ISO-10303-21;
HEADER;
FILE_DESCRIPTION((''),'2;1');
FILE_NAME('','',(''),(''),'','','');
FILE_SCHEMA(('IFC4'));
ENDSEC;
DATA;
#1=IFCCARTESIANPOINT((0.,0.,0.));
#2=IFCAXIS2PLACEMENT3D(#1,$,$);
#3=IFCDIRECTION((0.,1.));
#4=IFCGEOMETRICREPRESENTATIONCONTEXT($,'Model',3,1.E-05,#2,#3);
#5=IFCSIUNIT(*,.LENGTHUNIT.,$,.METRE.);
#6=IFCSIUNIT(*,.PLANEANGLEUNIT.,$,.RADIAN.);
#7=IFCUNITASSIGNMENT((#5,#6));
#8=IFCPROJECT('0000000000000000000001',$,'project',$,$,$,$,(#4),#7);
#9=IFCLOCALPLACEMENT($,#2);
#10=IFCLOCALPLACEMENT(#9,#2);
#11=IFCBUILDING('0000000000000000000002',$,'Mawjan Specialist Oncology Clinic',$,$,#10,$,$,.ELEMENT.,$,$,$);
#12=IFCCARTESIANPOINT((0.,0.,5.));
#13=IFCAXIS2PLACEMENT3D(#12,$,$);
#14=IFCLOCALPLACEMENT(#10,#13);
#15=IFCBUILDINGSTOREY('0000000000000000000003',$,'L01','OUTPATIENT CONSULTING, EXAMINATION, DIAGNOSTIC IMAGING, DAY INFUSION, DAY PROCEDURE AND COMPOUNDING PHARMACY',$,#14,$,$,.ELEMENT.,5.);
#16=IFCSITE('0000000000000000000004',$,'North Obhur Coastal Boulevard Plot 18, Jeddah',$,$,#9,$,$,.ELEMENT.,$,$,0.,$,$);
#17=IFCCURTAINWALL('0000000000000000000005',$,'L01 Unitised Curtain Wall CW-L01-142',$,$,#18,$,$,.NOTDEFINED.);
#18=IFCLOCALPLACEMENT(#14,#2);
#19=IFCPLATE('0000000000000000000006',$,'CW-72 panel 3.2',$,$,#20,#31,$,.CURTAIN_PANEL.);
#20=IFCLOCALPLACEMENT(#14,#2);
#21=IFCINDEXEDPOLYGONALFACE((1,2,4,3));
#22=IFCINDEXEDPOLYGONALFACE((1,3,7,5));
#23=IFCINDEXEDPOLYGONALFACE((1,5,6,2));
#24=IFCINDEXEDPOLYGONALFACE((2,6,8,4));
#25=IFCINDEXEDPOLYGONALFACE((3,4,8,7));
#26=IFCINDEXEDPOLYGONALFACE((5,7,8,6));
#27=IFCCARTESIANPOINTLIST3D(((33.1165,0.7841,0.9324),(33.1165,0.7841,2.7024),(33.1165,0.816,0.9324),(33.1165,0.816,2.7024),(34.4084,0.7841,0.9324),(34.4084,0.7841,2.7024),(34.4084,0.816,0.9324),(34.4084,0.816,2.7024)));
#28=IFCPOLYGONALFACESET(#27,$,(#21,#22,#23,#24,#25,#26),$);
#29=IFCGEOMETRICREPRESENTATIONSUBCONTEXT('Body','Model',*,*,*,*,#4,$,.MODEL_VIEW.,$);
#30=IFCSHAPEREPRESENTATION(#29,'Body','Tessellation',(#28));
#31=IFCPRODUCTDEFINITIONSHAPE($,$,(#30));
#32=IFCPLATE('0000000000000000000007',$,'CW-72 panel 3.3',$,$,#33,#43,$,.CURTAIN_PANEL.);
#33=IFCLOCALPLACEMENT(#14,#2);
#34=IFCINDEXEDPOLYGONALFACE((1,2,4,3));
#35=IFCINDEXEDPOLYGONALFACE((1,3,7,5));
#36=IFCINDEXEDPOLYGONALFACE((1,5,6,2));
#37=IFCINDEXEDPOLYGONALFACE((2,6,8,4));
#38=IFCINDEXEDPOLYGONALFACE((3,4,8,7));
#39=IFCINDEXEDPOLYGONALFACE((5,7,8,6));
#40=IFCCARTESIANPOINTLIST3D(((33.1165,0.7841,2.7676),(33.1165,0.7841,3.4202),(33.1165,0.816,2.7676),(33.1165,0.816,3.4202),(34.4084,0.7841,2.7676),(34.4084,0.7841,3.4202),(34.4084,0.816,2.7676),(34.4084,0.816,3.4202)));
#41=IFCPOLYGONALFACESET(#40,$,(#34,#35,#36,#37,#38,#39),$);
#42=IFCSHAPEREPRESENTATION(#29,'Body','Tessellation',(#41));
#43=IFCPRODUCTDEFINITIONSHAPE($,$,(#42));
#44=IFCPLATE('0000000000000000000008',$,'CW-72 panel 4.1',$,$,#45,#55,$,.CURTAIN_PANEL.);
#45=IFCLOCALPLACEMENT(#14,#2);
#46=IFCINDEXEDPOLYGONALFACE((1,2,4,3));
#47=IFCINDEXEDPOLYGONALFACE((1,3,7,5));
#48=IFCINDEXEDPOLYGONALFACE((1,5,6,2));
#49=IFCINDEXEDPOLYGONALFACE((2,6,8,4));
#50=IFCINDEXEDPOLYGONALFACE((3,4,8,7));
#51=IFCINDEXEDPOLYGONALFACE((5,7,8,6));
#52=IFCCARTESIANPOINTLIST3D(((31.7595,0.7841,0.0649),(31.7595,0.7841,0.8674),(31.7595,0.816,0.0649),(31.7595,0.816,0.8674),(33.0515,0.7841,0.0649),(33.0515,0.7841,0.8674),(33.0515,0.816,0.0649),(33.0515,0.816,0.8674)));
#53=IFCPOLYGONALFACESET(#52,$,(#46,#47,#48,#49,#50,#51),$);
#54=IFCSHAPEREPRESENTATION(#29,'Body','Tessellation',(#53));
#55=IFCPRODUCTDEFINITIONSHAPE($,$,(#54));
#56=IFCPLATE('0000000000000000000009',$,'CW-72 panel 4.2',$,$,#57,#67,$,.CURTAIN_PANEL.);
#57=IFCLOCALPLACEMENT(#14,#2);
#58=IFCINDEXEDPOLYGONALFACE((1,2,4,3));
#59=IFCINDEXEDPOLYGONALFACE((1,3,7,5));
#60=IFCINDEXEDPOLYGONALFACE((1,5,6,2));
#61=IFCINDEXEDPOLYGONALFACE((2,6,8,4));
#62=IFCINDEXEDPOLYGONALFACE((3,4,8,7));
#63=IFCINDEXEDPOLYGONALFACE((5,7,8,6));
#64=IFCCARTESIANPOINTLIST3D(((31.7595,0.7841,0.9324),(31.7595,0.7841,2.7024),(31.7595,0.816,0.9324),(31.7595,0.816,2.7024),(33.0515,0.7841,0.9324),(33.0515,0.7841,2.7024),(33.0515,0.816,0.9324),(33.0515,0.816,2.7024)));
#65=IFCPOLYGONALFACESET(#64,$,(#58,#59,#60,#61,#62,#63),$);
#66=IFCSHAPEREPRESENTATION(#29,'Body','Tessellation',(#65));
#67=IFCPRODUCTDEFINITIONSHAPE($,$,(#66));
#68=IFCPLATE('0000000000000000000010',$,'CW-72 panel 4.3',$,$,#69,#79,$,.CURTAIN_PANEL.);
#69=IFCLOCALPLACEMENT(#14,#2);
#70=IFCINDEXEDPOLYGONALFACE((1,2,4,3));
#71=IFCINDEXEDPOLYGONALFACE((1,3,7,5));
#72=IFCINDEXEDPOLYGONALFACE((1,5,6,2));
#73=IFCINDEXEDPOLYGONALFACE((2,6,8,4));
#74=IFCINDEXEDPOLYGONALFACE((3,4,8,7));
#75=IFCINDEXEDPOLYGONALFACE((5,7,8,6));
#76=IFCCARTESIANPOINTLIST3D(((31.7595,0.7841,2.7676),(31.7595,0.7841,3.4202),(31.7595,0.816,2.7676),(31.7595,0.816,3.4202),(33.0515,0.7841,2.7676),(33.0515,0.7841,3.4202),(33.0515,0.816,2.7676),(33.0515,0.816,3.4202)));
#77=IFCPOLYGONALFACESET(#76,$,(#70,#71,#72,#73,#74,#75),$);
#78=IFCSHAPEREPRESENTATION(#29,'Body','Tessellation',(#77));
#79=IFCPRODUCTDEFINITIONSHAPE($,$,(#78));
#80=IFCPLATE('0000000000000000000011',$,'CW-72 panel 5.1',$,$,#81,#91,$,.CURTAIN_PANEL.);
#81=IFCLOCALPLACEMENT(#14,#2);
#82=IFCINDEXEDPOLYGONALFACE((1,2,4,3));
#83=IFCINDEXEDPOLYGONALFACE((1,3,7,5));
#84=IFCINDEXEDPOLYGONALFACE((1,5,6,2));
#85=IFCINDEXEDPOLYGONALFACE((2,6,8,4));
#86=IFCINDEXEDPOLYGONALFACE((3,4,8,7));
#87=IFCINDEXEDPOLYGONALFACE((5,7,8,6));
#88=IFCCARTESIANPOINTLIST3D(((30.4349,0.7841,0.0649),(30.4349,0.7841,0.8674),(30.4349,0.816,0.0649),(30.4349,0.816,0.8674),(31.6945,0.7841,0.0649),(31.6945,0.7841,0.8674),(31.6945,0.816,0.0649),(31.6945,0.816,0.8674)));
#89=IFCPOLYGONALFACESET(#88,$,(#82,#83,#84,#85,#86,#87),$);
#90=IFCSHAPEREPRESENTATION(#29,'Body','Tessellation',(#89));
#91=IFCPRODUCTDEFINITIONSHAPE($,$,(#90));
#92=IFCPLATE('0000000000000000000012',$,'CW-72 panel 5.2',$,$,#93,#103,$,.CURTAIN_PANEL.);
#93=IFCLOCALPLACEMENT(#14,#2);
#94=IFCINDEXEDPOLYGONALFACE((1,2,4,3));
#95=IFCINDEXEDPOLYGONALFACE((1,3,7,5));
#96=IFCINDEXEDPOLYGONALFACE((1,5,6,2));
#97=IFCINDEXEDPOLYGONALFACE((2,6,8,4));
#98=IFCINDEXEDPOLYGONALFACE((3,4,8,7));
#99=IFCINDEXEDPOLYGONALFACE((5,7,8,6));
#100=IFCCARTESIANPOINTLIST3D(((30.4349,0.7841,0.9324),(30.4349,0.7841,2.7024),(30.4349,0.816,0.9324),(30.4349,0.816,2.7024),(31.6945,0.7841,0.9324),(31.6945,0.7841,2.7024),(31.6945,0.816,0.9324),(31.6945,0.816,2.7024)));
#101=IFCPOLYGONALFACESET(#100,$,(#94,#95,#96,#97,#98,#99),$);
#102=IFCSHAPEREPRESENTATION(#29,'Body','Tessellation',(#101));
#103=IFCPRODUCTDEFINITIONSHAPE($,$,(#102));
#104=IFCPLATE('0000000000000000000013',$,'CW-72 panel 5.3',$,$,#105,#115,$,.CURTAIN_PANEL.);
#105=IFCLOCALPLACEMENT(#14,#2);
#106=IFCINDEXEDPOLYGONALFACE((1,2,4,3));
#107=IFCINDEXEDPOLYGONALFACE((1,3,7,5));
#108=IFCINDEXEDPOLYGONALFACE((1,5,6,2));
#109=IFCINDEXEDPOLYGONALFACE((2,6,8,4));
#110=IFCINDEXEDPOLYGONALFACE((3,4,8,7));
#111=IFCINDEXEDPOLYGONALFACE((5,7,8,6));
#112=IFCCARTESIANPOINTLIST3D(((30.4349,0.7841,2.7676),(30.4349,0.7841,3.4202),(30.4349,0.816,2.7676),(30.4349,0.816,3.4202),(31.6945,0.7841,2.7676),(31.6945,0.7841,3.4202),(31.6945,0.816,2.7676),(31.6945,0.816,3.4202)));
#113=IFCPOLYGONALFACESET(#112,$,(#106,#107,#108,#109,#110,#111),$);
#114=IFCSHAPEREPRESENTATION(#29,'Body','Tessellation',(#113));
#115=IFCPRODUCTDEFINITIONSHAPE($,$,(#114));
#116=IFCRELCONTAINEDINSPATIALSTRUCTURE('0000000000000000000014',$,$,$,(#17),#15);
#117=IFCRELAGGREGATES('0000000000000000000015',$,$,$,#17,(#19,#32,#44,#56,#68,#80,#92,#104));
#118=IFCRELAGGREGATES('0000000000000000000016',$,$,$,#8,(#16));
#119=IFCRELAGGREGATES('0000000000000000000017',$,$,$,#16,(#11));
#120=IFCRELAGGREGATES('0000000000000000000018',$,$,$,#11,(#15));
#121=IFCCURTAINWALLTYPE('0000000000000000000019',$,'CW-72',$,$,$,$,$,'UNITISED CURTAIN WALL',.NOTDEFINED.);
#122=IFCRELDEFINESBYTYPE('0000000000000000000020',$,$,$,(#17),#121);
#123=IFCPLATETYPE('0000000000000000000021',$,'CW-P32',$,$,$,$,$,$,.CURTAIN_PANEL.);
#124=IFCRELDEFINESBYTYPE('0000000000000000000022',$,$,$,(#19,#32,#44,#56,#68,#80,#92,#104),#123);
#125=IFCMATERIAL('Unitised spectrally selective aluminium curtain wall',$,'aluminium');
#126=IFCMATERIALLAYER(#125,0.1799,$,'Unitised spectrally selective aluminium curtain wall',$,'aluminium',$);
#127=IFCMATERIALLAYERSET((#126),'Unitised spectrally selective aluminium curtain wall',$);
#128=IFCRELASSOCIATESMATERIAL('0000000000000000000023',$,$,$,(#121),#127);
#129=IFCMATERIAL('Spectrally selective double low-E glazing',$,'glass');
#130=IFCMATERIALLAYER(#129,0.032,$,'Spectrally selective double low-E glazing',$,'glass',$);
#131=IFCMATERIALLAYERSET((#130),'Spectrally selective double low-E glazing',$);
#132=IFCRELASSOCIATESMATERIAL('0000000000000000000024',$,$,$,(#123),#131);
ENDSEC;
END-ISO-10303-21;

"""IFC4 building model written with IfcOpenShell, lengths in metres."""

from ifc_helpers import new_model, si_unit, direction, frame, origin, origin_2d, place, context, subcontext, project, spatial, rectangle, extrude, material, layer, layer_set, type_object, element, aggregate, save


model = new_model("IFC4")

# Units and contexts
model_context = context("Model", 3, precision=1e-05, world=origin(), true_north=direction((0.0, 1.0)))
body_context = subcontext(model_context, "Body", "Model", "MODEL_VIEW")
ifc_project = project(units=[si_unit("LENGTHUNIT", "METRE"), si_unit("PLANEANGLEUNIT", "RADIAN")], contexts=[model_context])

# Site, building, storey
site_placement = place(None, origin())
site = spatial("IfcSite", under=ifc_project, at=site_placement, Name="North Obhur Coastal Boulevard Plot 18, Jeddah", CompositionType="ELEMENT", RefElevation=0.0)
building_placement = place(site_placement, origin())
building = spatial("IfcBuilding", under=site, at=building_placement, Name="Mawjan Specialist Oncology Clinic", CompositionType="ELEMENT")
storey_placement = place(building_placement, frame((0.0, 0.0, 5.0)))
storey = spatial("IfcBuildingStorey", under=building, at=storey_placement, Name="L01", Description="OUTPATIENT CONSULTING, EXAMINATION, DIAGNOSTIC IMAGING, DAY INFUSION, DAY PROCEDURE AND COMPOUNDING PHARMACY", CompositionType="ELEMENT", Elevation=5.0)

# Curtain wall
ifc_material_1 = material(Name="Unitised spectrally selective aluminium curtain wall", Category="aluminium")
ifc_layer_1 = layer(ifc_material_1, 0.1799, Name="Unitised spectrally selective aluminium curtain wall", Category="aluminium")
ifc_layer_set_1 = layer_set([ifc_layer_1], Name="Unitised spectrally selective aluminium curtain wall")
curtain_wall_type = type_object("IfcCurtainWallType", Name="CW-72", ElementType="UNITISED CURTAIN WALL", PredefinedType="NOTDEFINED", material=ifc_layer_set_1)
curtain_wall_placement = place(storey_placement, origin())
curtain_wall = element("IfcCurtainWall", 1, at=curtain_wall_placement, inside=storey, type_object=curtain_wall_type, Name="L01 Unitised Curtain Wall CW-L01-142", PredefinedType="NOTDEFINED")

# Plates
ifc_material_2 = material(Name="Spectrally selective double low-E glazing", Category="glass")
ifc_layer_2 = layer(ifc_material_2, 0.032, Name="Spectrally selective double low-E glazing", Category="glass")
ifc_layer_set_2 = layer_set([ifc_layer_2], Name="Spectrally selective double low-E glazing")
plate_type = type_object("IfcPlateType", Name="CW-P32", PredefinedType="CURTAIN_PANEL", material=ifc_layer_set_2)
plate_1_placement = place(storey_placement, frame((33.7625, 0.8, 0.9324), z_axis=(0.0, 0.0, 1.0), x_axis=(-1.0, 0.0, 0.0)))
plate_1 = element("IfcPlate", 2, at=plate_1_placement, type_object=plate_type, Name="CW-72 panel 3.2", PredefinedType="CURTAIN_PANEL", context=body_context, shape_type="SweptSolid", body=[
    extrude(rectangle(XDim=1.292, YDim=0.032, at=origin_2d()), origin(), (0.0, 0.0, 1.0), 1.77),
])
plate_2_placement = place(storey_placement, frame((33.7625, 0.8, 2.7676), z_axis=(0.0, 0.0, 1.0), x_axis=(-1.0, 0.0, 0.0)))
plate_2 = element("IfcPlate", 3, at=plate_2_placement, type_object=plate_type, Name="CW-72 panel 3.3", PredefinedType="CURTAIN_PANEL", context=body_context, shape_type="SweptSolid", body=[
    extrude(rectangle(XDim=1.292, YDim=0.032, at=origin_2d()), origin(), (0.0, 0.0, 1.0), 0.6526),
])
plate_3_placement = place(storey_placement, frame((32.4055, 0.8, 0.0649), z_axis=(0.0, 0.0, 1.0), x_axis=(-1.0, 0.0, 0.0)))
plate_3 = element("IfcPlate", 4, at=plate_3_placement, type_object=plate_type, Name="CW-72 panel 4.1", PredefinedType="CURTAIN_PANEL", context=body_context, shape_type="SweptSolid", body=[
    extrude(rectangle(XDim=1.292, YDim=0.032, at=origin_2d()), origin(), (0.0, 0.0, 1.0), 0.8025),
])
plate_4_placement = place(storey_placement, frame((32.4055, 0.8, 0.9324), z_axis=(0.0, 0.0, 1.0), x_axis=(-1.0, 0.0, 0.0)))
plate_4 = element("IfcPlate", 5, at=plate_4_placement, type_object=plate_type, Name="CW-72 panel 4.2", PredefinedType="CURTAIN_PANEL", context=body_context, shape_type="SweptSolid", body=[
    extrude(rectangle(XDim=1.292, YDim=0.032, at=origin_2d()), origin(), (0.0, 0.0, 1.0), 1.77),
])
plate_5_placement = place(storey_placement, frame((32.4055, 0.8, 2.7676), z_axis=(0.0, 0.0, 1.0), x_axis=(-1.0, 0.0, 0.0)))
plate_5 = element("IfcPlate", 6, at=plate_5_placement, type_object=plate_type, Name="CW-72 panel 4.3", PredefinedType="CURTAIN_PANEL", context=body_context, shape_type="SweptSolid", body=[
    extrude(rectangle(XDim=1.292, YDim=0.032, at=origin_2d()), origin(), (0.0, 0.0, 1.0), 0.6526),
])
plate_6_placement = place(storey_placement, frame((31.0647, 0.8, 0.0649), z_axis=(0.0, 0.0, 1.0), x_axis=(-1.0, 0.0, 0.0)))
plate_6 = element("IfcPlate", 7, at=plate_6_placement, type_object=plate_type, Name="CW-72 panel 5.1", PredefinedType="CURTAIN_PANEL", context=body_context, shape_type="SweptSolid", body=[
    extrude(rectangle(XDim=1.2595, YDim=0.032, at=origin_2d()), origin(), (0.0, 0.0, 1.0), 0.8025),
])
plate_7_placement = place(storey_placement, frame((31.0647, 0.8, 0.9324), z_axis=(0.0, 0.0, 1.0), x_axis=(-1.0, 0.0, 0.0)))
plate_7 = element("IfcPlate", 8, at=plate_7_placement, type_object=plate_type, Name="CW-72 panel 5.2", PredefinedType="CURTAIN_PANEL", context=body_context, shape_type="SweptSolid", body=[
    extrude(rectangle(XDim=1.2595, YDim=0.032, at=origin_2d()), origin(), (0.0, 0.0, 1.0), 1.77),
])
plate_8_placement = place(storey_placement, frame((31.0647, 0.8, 2.7676), z_axis=(0.0, 0.0, 1.0), x_axis=(-1.0, 0.0, 0.0)))
plate_8 = element("IfcPlate", 9, at=plate_8_placement, type_object=plate_type, Name="CW-72 panel 5.3", PredefinedType="CURTAIN_PANEL", context=body_context, shape_type="SweptSolid", body=[
    extrude(rectangle(XDim=1.2595, YDim=0.032, at=origin_2d()), origin(), (0.0, 0.0, 1.0), 0.6526),
])
aggregate(curtain_wall, [plate_1, plate_2, plate_3, plate_4, plate_5, plate_6, plate_7, plate_8])

save(model, "model.ifc")
